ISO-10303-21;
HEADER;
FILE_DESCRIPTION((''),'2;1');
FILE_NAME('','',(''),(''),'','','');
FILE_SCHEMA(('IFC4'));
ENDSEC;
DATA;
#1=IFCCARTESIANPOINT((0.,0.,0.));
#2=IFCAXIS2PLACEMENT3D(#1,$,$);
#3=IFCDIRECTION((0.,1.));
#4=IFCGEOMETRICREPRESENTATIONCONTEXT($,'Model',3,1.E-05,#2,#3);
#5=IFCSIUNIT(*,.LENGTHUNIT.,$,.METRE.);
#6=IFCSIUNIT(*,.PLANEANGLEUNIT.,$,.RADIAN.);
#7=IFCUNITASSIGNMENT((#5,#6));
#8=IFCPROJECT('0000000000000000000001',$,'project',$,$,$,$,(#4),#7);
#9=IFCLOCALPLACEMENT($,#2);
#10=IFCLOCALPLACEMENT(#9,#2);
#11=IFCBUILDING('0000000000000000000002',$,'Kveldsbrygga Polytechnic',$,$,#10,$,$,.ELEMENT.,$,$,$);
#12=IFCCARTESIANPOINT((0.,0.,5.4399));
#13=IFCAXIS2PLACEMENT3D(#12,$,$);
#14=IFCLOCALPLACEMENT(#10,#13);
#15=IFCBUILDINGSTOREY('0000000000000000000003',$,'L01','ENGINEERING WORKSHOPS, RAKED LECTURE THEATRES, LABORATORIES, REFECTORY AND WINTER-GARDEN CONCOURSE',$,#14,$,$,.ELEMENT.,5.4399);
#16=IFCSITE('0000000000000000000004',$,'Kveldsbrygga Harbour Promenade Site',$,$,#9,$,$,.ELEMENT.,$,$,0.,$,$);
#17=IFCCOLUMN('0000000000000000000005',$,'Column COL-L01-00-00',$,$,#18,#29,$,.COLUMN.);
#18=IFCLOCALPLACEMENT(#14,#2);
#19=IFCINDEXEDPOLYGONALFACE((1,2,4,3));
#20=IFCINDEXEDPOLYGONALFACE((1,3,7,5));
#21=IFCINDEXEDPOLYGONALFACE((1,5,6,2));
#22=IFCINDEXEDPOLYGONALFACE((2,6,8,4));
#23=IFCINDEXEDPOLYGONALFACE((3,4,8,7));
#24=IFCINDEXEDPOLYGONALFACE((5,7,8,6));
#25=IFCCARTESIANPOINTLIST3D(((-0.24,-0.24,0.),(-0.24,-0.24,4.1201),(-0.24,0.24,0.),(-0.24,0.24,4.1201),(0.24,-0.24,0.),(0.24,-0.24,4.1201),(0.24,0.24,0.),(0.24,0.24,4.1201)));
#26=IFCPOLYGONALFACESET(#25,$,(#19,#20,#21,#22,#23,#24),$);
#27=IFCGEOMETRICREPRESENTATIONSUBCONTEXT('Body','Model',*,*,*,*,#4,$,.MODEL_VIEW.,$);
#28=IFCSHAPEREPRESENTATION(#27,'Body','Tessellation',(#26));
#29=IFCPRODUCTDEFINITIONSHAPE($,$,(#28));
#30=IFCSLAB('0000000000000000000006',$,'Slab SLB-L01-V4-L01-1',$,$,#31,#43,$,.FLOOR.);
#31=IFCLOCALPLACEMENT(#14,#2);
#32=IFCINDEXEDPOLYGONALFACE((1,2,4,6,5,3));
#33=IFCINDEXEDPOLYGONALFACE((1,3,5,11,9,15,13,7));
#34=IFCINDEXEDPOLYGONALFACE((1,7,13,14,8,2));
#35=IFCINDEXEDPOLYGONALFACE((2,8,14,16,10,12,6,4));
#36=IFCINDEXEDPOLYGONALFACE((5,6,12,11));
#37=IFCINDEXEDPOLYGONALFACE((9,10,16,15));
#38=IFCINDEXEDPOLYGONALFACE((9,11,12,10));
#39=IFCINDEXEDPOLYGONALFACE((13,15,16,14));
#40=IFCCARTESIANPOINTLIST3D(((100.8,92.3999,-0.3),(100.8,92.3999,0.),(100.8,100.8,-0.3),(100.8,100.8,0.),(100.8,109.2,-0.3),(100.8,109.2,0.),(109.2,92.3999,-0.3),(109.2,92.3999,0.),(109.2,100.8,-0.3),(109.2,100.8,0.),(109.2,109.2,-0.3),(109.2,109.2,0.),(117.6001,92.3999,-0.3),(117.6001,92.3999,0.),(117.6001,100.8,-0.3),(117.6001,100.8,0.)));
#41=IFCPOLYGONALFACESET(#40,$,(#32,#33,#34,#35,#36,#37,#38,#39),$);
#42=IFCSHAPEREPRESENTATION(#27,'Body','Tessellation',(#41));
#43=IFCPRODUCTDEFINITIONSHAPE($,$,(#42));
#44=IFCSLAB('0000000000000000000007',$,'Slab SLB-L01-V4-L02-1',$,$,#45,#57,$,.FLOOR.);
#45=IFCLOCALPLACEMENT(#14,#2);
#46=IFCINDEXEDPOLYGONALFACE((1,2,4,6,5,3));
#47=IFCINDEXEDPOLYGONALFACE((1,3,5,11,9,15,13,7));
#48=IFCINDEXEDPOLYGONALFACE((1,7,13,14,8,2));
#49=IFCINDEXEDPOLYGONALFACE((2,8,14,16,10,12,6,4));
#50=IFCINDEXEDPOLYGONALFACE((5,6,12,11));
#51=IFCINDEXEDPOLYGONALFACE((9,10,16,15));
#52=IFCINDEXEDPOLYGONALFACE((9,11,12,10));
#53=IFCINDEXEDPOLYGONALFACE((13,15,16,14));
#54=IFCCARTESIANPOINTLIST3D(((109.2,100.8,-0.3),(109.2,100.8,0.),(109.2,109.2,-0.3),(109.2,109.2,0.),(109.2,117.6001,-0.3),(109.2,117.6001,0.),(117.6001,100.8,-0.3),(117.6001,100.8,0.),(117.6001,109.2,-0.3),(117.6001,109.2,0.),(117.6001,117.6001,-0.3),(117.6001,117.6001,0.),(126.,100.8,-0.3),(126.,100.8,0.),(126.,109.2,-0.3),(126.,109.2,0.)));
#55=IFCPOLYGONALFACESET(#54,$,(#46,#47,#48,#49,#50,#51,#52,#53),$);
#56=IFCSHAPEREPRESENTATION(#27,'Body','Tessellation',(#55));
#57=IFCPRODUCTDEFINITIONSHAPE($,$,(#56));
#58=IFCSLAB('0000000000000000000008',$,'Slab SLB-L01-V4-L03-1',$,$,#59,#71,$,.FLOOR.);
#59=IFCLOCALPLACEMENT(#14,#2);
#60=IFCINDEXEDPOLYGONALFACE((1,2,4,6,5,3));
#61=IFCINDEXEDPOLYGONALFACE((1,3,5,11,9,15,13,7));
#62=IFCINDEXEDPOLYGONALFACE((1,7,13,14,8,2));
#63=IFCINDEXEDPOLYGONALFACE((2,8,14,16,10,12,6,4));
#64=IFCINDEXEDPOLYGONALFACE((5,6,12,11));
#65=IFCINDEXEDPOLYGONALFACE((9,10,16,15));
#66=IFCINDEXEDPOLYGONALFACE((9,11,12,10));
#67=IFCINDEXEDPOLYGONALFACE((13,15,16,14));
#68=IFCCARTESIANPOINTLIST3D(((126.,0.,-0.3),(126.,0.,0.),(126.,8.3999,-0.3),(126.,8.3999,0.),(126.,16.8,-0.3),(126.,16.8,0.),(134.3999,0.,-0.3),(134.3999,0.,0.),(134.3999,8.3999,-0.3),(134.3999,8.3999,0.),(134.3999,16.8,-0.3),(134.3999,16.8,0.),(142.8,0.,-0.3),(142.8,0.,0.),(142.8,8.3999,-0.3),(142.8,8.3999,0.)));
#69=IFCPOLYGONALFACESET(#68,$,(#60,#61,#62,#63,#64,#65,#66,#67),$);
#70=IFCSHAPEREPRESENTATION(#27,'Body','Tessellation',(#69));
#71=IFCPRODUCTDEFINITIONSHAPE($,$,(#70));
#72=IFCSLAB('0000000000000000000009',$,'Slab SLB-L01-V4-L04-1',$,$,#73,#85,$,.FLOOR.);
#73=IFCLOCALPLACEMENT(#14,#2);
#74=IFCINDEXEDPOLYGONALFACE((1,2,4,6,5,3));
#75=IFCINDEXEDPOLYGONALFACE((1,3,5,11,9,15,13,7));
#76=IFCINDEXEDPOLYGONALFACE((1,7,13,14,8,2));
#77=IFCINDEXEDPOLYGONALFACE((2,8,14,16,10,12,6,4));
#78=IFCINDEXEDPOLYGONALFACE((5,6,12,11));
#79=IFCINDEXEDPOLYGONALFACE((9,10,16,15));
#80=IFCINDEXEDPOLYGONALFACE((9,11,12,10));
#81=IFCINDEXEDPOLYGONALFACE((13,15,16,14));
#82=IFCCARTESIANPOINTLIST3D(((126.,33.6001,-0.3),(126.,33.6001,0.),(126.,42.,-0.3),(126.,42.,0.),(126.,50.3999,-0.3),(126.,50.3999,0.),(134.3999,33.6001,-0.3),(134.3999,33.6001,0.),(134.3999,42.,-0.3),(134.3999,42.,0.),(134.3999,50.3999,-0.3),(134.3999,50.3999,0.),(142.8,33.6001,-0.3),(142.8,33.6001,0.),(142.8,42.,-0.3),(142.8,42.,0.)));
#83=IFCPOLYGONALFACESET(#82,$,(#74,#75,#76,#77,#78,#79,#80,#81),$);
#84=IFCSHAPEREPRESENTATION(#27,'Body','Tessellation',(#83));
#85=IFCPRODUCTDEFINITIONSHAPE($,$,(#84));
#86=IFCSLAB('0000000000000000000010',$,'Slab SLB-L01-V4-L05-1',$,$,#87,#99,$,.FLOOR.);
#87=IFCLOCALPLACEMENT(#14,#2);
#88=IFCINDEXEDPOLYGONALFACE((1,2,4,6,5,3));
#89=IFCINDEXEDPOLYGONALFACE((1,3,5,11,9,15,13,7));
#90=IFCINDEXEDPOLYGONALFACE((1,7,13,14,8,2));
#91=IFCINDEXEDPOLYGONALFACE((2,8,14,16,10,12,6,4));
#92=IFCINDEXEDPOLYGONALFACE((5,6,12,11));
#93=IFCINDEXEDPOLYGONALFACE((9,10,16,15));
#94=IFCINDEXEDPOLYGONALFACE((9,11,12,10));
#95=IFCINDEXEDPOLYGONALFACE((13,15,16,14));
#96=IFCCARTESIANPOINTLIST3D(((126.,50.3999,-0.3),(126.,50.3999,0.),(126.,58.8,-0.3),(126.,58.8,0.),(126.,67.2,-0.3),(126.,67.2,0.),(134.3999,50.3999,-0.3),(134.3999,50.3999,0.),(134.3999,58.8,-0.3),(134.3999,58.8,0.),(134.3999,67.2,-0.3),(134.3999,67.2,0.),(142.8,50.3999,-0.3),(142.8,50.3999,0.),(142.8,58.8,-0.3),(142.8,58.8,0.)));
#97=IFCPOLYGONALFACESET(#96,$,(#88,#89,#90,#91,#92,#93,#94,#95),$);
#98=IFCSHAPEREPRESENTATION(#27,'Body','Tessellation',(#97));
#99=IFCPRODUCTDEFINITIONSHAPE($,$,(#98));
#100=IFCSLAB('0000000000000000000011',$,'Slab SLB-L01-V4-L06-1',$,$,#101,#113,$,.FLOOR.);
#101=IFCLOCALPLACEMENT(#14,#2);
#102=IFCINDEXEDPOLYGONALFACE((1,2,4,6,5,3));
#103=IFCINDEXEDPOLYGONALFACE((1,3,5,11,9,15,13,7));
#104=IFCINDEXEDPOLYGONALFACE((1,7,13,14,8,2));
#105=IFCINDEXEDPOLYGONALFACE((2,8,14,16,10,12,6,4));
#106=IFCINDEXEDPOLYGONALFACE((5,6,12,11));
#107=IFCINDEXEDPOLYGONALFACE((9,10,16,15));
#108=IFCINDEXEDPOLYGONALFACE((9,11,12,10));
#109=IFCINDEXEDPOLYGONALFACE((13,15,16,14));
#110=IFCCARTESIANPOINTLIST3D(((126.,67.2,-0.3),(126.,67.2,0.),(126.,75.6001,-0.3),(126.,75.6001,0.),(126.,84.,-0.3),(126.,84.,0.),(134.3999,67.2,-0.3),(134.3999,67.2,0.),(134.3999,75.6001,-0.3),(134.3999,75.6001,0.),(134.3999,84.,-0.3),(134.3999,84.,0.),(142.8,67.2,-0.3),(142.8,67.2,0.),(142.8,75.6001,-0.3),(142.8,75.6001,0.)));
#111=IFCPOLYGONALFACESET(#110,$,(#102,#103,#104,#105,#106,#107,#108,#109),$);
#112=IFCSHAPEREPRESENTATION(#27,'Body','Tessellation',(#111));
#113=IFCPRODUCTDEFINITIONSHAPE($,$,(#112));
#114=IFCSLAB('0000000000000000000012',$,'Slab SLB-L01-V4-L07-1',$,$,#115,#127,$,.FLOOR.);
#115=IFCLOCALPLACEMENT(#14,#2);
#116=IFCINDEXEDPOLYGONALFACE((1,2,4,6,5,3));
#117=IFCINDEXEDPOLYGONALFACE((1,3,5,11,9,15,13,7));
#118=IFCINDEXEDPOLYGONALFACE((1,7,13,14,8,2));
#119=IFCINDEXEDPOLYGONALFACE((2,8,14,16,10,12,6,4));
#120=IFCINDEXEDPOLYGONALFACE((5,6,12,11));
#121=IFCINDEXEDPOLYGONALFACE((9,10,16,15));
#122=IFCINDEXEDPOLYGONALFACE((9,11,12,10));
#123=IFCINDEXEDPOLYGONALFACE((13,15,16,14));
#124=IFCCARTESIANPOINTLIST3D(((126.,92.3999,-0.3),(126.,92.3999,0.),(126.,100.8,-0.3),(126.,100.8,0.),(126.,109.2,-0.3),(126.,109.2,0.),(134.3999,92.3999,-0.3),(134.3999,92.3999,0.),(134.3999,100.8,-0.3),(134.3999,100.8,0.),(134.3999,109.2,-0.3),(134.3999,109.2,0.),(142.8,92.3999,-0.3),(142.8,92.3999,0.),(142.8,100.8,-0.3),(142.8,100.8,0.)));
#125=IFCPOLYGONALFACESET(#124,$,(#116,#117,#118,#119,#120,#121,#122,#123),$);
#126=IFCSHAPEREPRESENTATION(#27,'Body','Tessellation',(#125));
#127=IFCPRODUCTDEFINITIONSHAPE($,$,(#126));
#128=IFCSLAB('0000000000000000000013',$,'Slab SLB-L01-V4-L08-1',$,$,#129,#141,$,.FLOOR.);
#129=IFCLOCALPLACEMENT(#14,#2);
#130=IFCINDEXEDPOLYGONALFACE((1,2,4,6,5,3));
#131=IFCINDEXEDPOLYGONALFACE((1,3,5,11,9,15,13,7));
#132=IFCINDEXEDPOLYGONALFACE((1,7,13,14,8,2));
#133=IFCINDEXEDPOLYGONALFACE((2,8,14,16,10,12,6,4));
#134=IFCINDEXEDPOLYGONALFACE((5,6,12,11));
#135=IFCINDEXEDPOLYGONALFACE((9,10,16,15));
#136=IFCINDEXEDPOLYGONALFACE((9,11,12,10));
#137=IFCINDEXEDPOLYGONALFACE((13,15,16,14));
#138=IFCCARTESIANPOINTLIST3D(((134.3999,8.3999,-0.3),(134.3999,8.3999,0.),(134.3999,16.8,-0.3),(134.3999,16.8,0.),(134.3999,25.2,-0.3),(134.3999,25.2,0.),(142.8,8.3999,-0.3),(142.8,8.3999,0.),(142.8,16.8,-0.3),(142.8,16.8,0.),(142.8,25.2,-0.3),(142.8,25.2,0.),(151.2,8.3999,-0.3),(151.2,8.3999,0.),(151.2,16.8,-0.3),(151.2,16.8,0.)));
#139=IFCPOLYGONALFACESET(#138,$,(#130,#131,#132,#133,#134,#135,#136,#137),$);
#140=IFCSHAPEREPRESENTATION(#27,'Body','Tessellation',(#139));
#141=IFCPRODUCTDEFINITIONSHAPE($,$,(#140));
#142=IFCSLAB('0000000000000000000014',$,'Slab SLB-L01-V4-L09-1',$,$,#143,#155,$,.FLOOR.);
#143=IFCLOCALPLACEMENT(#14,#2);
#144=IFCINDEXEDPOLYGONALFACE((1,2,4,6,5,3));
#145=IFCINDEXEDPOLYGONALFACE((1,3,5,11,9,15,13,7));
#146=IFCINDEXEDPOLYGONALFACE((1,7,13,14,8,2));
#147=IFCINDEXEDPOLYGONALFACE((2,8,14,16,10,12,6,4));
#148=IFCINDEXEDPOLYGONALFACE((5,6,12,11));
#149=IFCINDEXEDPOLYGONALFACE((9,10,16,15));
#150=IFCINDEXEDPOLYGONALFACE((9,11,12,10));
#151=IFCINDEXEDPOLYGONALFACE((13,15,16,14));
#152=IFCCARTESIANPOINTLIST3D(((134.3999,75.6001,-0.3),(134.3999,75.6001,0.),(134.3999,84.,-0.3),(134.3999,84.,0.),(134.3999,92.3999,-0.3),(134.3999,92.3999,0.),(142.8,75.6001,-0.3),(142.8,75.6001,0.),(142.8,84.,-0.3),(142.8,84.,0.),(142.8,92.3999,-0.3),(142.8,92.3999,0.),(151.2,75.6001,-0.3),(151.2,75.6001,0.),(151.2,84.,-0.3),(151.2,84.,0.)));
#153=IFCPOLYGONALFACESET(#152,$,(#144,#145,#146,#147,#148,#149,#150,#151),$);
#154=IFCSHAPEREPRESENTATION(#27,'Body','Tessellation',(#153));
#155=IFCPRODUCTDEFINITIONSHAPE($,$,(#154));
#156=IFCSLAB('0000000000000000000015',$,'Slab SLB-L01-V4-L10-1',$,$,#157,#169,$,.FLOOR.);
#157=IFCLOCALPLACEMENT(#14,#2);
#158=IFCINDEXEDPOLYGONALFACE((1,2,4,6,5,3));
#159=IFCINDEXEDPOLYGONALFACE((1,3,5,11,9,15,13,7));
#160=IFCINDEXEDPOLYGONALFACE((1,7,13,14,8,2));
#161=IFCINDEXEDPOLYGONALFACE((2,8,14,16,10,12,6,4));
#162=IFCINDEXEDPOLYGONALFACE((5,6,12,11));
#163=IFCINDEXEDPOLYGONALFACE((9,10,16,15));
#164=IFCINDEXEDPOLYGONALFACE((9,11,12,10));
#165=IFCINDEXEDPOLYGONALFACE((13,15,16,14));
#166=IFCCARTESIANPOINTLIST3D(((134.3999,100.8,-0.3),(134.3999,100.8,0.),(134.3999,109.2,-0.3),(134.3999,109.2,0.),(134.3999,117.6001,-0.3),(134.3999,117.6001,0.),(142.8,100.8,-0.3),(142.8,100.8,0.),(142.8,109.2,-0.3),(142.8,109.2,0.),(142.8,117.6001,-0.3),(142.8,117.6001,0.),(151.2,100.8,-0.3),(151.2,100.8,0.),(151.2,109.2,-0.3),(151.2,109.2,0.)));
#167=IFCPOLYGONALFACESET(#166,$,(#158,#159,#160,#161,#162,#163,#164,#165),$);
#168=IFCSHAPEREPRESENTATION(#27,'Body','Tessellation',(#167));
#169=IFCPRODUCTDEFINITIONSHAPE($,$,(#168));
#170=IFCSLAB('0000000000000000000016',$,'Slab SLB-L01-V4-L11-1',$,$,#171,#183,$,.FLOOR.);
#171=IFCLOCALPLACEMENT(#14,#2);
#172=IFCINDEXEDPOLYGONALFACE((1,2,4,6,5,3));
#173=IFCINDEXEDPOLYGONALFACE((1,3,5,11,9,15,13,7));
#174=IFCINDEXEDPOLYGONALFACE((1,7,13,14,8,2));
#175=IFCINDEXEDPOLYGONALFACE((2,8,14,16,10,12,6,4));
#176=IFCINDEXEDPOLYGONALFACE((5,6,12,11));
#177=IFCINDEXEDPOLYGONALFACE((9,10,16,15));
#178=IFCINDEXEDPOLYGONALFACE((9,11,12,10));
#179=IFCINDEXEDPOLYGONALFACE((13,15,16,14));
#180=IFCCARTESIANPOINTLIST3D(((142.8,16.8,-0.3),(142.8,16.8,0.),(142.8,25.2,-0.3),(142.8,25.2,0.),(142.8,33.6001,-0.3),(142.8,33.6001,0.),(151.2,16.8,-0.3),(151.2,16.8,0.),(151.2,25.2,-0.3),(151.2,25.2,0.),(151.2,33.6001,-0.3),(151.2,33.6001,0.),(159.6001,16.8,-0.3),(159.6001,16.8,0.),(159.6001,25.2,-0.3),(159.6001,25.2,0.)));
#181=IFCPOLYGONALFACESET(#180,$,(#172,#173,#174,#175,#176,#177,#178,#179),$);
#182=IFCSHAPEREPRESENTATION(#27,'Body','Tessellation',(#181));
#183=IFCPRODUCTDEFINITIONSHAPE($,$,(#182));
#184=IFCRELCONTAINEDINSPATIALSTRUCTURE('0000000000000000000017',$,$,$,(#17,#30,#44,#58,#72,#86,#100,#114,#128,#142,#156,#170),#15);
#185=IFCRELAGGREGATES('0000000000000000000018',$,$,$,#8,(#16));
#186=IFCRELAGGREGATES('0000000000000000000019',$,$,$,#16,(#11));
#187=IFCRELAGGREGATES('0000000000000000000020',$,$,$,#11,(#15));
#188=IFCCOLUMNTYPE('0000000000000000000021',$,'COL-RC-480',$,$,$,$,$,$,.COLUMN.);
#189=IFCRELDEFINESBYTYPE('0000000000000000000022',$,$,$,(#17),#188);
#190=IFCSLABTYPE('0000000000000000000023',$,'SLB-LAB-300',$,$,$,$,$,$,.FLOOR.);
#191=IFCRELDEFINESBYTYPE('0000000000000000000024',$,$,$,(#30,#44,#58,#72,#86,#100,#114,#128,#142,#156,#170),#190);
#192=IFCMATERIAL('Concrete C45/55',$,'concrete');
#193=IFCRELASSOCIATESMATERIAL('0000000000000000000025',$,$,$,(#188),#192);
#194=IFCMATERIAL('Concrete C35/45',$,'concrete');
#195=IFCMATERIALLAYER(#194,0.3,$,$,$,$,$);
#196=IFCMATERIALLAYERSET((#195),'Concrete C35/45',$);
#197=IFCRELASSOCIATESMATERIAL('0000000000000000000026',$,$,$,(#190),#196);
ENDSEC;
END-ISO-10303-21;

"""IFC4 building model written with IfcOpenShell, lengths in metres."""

from ifc_helpers import new_model, si_unit, direction, frame, origin, origin_with_axes, origin_2d, place, context, subcontext, project, spatial, polyline, rectangle, outline, extrude, material, layer, layer_set, material_profile, profile_set, type_object, element, save


model = new_model("IFC4")

# Units and contexts
model_context = context("Model", 3, precision=1e-05, world=origin(), true_north=direction((0.0, 1.0)))
body_context = subcontext(model_context, "Body", "Model", "MODEL_VIEW")
ifc_project = project(units=[si_unit("LENGTHUNIT", "METRE"), si_unit("PLANEANGLEUNIT", "RADIAN")], contexts=[model_context])

# Site, building, storey
site_placement = place(None, origin())
site = spatial("IfcSite", under=ifc_project, at=site_placement, Name="Kveldsbrygga Harbour Promenade Site", CompositionType="ELEMENT", RefElevation=0.0)
building_placement = place(site_placement, origin())
building = spatial("IfcBuilding", under=site, at=building_placement, Name="Kveldsbrygga Polytechnic", CompositionType="ELEMENT")
storey_placement = place(building_placement, frame((0.0, 0.0, 5.4399)))
storey = spatial("IfcBuildingStorey", under=building, at=storey_placement, Name="L01", Description="ENGINEERING WORKSHOPS, RAKED LECTURE THEATRES, LABORATORIES, REFECTORY AND WINTER-GARDEN CONCOURSE", CompositionType="ELEMENT", Elevation=5.4399)

# Column
ifc_material_1 = material(Name="Concrete C45/55", Category="concrete")
ifc_material_profile = material_profile(ifc_material_1, rectangle(XDim=0.48, YDim=0.48, at=origin_2d()), Name="RC 480x480")
ifc_profile_set = profile_set([ifc_material_profile], Name="Concrete C45/55")
column_type = type_object("IfcColumnType", Name="COL-RC-480", PredefinedType="COLUMN", material=ifc_profile_set)
column_placement = place(storey_placement, origin_with_axes())
element("IfcColumn", 1, at=column_placement, inside=storey, type_object=column_type, Name="Column COL-L01-00-00", PredefinedType="COLUMN", context=body_context, shape_type="SweptSolid", body=[
    extrude(rectangle(XDim=0.48, YDim=0.48, at=origin_2d()), origin(), (0.0, 0.0, 1.0), 4.1201),
])

# Slabs
ifc_material_2 = material(Name="Concrete C35/45", Category="concrete")
ifc_layer_1 = layer(ifc_material_2, 0.3)
ifc_layer_set_1 = layer_set([ifc_layer_1], Name="Concrete C35/45")
slab_type_1 = type_object("IfcSlabType", Name="SLB-LAB-300", PredefinedType="FLOOR", material=ifc_layer_set_1)
slab_1_placement = place(storey_placement, frame((0.0, 0.0, -0.3)))
element("IfcSlab", 2, at=slab_1_placement, inside=storey, type_object=slab_type_1, Name="Slab SLB-L01-V4-L01-1", PredefinedType="FLOOR", context=body_context, shape_type="SweptSolid", body=[
    extrude(outline(polyline([(100.8, 92.3999), (100.8, 100.8), (100.8, 109.2), (109.2, 109.2), (109.2, 100.8), (117.6001, 100.8), (117.6001, 92.3999), (109.2, 92.3999), (100.8, 92.3999)])), origin(), (0.0, 0.0, 1.0), 0.3),
])
slab_2_placement = place(storey_placement, frame((0.0, 0.0, -0.3)))
element("IfcSlab", 3, at=slab_2_placement, inside=storey, type_object=slab_type_1, Name="Slab SLB-L01-V4-L02-1", PredefinedType="FLOOR", context=body_context, shape_type="SweptSolid", body=[
    extrude(outline(polyline([(109.2, 100.8), (109.2, 109.2), (109.2, 117.6001), (117.6001, 117.6001), (117.6001, 109.2), (126.0, 109.2), (126.0, 100.8), (117.6001, 100.8), (109.2, 100.8)])), origin(), (0.0, 0.0, 1.0), 0.3),
])
slab_3_placement = place(storey_placement, frame((0.0, 0.0, -0.3)))
element("IfcSlab", 4, at=slab_3_placement, inside=storey, type_object=slab_type_1, Name="Slab SLB-L01-V4-L03-1", PredefinedType="FLOOR", context=body_context, shape_type="SweptSolid", body=[
    extrude(outline(polyline([(126.0, 0.0), (126.0, 8.3999), (126.0, 16.8), (134.3999, 16.8), (134.3999, 8.3999), (142.8, 8.3999), (142.8, 0.0), (134.3999, 0.0), (126.0, 0.0)])), origin(), (0.0, 0.0, 1.0), 0.3),
])
slab_4_placement = place(storey_placement, frame((0.0, 0.0, -0.3)))
element("IfcSlab", 5, at=slab_4_placement, inside=storey, type_object=slab_type_1, Name="Slab SLB-L01-V4-L04-1", PredefinedType="FLOOR", context=body_context, shape_type="SweptSolid", body=[
    extrude(outline(polyline([(126.0, 33.6001), (126.0, 42.0), (126.0, 50.3999), (134.3999, 50.3999), (134.3999, 42.0), (142.8, 42.0), (142.8, 33.6001), (134.3999, 33.6001), (126.0, 33.6001)])), origin(), (0.0, 0.0, 1.0), 0.3),
])
slab_5_placement = place(storey_placement, frame((0.0, 0.0, -0.3)))
element("IfcSlab", 6, at=slab_5_placement, inside=storey, type_object=slab_type_1, Name="Slab SLB-L01-V4-L05-1", PredefinedType="FLOOR", context=body_context, shape_type="SweptSolid", body=[
    extrude(outline(polyline([(126.0, 50.3999), (126.0, 58.8), (126.0, 67.2), (134.3999, 67.2), (134.3999, 58.8), (142.8, 58.8), (142.8, 50.3999), (134.3999, 50.3999), (126.0, 50.3999)])), origin(), (0.0, 0.0, 1.0), 0.3),
])
slab_6_placement = place(storey_placement, frame((0.0, 0.0, -0.3)))
element("IfcSlab", 7, at=slab_6_placement, inside=storey, type_object=slab_type_1, Name="Slab SLB-L01-V4-L06-1", PredefinedType="FLOOR", context=body_context, shape_type="SweptSolid", body=[
    extrude(outline(polyline([(126.0, 67.2), (126.0, 75.6001), (126.0, 84.0), (134.3999, 84.0), (134.3999, 75.6001), (142.8, 75.6001), (142.8, 67.2), (134.3999, 67.2), (126.0, 67.2)])), origin(), (0.0, 0.0, 1.0), 0.3),
])
slab_7_placement = place(storey_placement, frame((0.0, 0.0, -0.3)))
element("IfcSlab", 8, at=slab_7_placement, inside=storey, type_object=slab_type_1, Name="Slab SLB-L01-V4-L07-1", PredefinedType="FLOOR", context=body_context, shape_type="SweptSolid", body=[
    extrude(outline(polyline([(126.0, 92.3999), (126.0, 100.8), (126.0, 109.2), (134.3999, 109.2), (134.3999, 100.8), (142.8, 100.8), (142.8, 92.3999), (134.3999, 92.3999), (126.0, 92.3999)])), origin(), (0.0, 0.0, 1.0), 0.3),
])
slab_8_placement = place(storey_placement, frame((0.0, 0.0, -0.3)))
element("IfcSlab", 9, at=slab_8_placement, inside=storey, type_object=slab_type_1, Name="Slab SLB-L01-V4-L08-1", PredefinedType="FLOOR", context=body_context, shape_type="SweptSolid", body=[
    extrude(outline(polyline([(134.3999, 8.3999), (134.3999, 16.8), (134.3999, 25.2), (142.8, 25.2), (142.8, 16.8), (151.2, 16.8), (151.2, 8.3999), (142.8, 8.3999), (134.3999, 8.3999)])), origin(), (0.0, 0.0, 1.0), 0.3),
])
slab_9_placement = place(storey_placement, frame((0.0, 0.0, -0.3)))
element("IfcSlab", 10, at=slab_9_placement, inside=storey, type_object=slab_type_1, Name="Slab SLB-L01-V4-L09-1", PredefinedType="FLOOR", context=body_context, shape_type="SweptSolid", body=[
    extrude(outline(polyline([(134.3999, 75.6001), (134.3999, 84.0), (134.3999, 92.3999), (142.8, 92.3999), (142.8, 84.0), (151.2, 84.0), (151.2, 75.6001), (142.8, 75.6001), (134.3999, 75.6001)])), origin(), (0.0, 0.0, 1.0), 0.3),
])
slab_10_placement = place(storey_placement, frame((0.0, 0.0, -0.3)))
element("IfcSlab", 11, at=slab_10_placement, inside=storey, type_object=slab_type_1, Name="Slab SLB-L01-V4-L10-1", PredefinedType="FLOOR", context=body_context, shape_type="SweptSolid", body=[
    extrude(outline(polyline([(134.3999, 100.8), (134.3999, 109.2), (134.3999, 117.6001), (142.8, 117.6001), (142.8, 109.2), (151.2, 109.2), (151.2, 100.8), (142.8, 100.8), (134.3999, 100.8)])), origin(), (0.0, 0.0, 1.0), 0.3),
])
slab_11_placement = place(storey_placement, frame((0.0, 0.0, -0.3)))
element("IfcSlab", 12, at=slab_11_placement, inside=storey, type_object=slab_type_1, Name="Slab SLB-L01-V4-L11-1", PredefinedType="FLOOR", context=body_context, shape_type="SweptSolid", body=[
    extrude(outline(polyline([(142.8, 16.8), (142.8, 25.2), (142.8, 33.6001), (151.2, 33.6001), (151.2, 25.2), (159.6001, 25.2), (159.6001, 16.8), (151.2, 16.8), (142.8, 16.8)])), origin(), (0.0, 0.0, 1.0), 0.3),
])

save(model, "model.ifc")
